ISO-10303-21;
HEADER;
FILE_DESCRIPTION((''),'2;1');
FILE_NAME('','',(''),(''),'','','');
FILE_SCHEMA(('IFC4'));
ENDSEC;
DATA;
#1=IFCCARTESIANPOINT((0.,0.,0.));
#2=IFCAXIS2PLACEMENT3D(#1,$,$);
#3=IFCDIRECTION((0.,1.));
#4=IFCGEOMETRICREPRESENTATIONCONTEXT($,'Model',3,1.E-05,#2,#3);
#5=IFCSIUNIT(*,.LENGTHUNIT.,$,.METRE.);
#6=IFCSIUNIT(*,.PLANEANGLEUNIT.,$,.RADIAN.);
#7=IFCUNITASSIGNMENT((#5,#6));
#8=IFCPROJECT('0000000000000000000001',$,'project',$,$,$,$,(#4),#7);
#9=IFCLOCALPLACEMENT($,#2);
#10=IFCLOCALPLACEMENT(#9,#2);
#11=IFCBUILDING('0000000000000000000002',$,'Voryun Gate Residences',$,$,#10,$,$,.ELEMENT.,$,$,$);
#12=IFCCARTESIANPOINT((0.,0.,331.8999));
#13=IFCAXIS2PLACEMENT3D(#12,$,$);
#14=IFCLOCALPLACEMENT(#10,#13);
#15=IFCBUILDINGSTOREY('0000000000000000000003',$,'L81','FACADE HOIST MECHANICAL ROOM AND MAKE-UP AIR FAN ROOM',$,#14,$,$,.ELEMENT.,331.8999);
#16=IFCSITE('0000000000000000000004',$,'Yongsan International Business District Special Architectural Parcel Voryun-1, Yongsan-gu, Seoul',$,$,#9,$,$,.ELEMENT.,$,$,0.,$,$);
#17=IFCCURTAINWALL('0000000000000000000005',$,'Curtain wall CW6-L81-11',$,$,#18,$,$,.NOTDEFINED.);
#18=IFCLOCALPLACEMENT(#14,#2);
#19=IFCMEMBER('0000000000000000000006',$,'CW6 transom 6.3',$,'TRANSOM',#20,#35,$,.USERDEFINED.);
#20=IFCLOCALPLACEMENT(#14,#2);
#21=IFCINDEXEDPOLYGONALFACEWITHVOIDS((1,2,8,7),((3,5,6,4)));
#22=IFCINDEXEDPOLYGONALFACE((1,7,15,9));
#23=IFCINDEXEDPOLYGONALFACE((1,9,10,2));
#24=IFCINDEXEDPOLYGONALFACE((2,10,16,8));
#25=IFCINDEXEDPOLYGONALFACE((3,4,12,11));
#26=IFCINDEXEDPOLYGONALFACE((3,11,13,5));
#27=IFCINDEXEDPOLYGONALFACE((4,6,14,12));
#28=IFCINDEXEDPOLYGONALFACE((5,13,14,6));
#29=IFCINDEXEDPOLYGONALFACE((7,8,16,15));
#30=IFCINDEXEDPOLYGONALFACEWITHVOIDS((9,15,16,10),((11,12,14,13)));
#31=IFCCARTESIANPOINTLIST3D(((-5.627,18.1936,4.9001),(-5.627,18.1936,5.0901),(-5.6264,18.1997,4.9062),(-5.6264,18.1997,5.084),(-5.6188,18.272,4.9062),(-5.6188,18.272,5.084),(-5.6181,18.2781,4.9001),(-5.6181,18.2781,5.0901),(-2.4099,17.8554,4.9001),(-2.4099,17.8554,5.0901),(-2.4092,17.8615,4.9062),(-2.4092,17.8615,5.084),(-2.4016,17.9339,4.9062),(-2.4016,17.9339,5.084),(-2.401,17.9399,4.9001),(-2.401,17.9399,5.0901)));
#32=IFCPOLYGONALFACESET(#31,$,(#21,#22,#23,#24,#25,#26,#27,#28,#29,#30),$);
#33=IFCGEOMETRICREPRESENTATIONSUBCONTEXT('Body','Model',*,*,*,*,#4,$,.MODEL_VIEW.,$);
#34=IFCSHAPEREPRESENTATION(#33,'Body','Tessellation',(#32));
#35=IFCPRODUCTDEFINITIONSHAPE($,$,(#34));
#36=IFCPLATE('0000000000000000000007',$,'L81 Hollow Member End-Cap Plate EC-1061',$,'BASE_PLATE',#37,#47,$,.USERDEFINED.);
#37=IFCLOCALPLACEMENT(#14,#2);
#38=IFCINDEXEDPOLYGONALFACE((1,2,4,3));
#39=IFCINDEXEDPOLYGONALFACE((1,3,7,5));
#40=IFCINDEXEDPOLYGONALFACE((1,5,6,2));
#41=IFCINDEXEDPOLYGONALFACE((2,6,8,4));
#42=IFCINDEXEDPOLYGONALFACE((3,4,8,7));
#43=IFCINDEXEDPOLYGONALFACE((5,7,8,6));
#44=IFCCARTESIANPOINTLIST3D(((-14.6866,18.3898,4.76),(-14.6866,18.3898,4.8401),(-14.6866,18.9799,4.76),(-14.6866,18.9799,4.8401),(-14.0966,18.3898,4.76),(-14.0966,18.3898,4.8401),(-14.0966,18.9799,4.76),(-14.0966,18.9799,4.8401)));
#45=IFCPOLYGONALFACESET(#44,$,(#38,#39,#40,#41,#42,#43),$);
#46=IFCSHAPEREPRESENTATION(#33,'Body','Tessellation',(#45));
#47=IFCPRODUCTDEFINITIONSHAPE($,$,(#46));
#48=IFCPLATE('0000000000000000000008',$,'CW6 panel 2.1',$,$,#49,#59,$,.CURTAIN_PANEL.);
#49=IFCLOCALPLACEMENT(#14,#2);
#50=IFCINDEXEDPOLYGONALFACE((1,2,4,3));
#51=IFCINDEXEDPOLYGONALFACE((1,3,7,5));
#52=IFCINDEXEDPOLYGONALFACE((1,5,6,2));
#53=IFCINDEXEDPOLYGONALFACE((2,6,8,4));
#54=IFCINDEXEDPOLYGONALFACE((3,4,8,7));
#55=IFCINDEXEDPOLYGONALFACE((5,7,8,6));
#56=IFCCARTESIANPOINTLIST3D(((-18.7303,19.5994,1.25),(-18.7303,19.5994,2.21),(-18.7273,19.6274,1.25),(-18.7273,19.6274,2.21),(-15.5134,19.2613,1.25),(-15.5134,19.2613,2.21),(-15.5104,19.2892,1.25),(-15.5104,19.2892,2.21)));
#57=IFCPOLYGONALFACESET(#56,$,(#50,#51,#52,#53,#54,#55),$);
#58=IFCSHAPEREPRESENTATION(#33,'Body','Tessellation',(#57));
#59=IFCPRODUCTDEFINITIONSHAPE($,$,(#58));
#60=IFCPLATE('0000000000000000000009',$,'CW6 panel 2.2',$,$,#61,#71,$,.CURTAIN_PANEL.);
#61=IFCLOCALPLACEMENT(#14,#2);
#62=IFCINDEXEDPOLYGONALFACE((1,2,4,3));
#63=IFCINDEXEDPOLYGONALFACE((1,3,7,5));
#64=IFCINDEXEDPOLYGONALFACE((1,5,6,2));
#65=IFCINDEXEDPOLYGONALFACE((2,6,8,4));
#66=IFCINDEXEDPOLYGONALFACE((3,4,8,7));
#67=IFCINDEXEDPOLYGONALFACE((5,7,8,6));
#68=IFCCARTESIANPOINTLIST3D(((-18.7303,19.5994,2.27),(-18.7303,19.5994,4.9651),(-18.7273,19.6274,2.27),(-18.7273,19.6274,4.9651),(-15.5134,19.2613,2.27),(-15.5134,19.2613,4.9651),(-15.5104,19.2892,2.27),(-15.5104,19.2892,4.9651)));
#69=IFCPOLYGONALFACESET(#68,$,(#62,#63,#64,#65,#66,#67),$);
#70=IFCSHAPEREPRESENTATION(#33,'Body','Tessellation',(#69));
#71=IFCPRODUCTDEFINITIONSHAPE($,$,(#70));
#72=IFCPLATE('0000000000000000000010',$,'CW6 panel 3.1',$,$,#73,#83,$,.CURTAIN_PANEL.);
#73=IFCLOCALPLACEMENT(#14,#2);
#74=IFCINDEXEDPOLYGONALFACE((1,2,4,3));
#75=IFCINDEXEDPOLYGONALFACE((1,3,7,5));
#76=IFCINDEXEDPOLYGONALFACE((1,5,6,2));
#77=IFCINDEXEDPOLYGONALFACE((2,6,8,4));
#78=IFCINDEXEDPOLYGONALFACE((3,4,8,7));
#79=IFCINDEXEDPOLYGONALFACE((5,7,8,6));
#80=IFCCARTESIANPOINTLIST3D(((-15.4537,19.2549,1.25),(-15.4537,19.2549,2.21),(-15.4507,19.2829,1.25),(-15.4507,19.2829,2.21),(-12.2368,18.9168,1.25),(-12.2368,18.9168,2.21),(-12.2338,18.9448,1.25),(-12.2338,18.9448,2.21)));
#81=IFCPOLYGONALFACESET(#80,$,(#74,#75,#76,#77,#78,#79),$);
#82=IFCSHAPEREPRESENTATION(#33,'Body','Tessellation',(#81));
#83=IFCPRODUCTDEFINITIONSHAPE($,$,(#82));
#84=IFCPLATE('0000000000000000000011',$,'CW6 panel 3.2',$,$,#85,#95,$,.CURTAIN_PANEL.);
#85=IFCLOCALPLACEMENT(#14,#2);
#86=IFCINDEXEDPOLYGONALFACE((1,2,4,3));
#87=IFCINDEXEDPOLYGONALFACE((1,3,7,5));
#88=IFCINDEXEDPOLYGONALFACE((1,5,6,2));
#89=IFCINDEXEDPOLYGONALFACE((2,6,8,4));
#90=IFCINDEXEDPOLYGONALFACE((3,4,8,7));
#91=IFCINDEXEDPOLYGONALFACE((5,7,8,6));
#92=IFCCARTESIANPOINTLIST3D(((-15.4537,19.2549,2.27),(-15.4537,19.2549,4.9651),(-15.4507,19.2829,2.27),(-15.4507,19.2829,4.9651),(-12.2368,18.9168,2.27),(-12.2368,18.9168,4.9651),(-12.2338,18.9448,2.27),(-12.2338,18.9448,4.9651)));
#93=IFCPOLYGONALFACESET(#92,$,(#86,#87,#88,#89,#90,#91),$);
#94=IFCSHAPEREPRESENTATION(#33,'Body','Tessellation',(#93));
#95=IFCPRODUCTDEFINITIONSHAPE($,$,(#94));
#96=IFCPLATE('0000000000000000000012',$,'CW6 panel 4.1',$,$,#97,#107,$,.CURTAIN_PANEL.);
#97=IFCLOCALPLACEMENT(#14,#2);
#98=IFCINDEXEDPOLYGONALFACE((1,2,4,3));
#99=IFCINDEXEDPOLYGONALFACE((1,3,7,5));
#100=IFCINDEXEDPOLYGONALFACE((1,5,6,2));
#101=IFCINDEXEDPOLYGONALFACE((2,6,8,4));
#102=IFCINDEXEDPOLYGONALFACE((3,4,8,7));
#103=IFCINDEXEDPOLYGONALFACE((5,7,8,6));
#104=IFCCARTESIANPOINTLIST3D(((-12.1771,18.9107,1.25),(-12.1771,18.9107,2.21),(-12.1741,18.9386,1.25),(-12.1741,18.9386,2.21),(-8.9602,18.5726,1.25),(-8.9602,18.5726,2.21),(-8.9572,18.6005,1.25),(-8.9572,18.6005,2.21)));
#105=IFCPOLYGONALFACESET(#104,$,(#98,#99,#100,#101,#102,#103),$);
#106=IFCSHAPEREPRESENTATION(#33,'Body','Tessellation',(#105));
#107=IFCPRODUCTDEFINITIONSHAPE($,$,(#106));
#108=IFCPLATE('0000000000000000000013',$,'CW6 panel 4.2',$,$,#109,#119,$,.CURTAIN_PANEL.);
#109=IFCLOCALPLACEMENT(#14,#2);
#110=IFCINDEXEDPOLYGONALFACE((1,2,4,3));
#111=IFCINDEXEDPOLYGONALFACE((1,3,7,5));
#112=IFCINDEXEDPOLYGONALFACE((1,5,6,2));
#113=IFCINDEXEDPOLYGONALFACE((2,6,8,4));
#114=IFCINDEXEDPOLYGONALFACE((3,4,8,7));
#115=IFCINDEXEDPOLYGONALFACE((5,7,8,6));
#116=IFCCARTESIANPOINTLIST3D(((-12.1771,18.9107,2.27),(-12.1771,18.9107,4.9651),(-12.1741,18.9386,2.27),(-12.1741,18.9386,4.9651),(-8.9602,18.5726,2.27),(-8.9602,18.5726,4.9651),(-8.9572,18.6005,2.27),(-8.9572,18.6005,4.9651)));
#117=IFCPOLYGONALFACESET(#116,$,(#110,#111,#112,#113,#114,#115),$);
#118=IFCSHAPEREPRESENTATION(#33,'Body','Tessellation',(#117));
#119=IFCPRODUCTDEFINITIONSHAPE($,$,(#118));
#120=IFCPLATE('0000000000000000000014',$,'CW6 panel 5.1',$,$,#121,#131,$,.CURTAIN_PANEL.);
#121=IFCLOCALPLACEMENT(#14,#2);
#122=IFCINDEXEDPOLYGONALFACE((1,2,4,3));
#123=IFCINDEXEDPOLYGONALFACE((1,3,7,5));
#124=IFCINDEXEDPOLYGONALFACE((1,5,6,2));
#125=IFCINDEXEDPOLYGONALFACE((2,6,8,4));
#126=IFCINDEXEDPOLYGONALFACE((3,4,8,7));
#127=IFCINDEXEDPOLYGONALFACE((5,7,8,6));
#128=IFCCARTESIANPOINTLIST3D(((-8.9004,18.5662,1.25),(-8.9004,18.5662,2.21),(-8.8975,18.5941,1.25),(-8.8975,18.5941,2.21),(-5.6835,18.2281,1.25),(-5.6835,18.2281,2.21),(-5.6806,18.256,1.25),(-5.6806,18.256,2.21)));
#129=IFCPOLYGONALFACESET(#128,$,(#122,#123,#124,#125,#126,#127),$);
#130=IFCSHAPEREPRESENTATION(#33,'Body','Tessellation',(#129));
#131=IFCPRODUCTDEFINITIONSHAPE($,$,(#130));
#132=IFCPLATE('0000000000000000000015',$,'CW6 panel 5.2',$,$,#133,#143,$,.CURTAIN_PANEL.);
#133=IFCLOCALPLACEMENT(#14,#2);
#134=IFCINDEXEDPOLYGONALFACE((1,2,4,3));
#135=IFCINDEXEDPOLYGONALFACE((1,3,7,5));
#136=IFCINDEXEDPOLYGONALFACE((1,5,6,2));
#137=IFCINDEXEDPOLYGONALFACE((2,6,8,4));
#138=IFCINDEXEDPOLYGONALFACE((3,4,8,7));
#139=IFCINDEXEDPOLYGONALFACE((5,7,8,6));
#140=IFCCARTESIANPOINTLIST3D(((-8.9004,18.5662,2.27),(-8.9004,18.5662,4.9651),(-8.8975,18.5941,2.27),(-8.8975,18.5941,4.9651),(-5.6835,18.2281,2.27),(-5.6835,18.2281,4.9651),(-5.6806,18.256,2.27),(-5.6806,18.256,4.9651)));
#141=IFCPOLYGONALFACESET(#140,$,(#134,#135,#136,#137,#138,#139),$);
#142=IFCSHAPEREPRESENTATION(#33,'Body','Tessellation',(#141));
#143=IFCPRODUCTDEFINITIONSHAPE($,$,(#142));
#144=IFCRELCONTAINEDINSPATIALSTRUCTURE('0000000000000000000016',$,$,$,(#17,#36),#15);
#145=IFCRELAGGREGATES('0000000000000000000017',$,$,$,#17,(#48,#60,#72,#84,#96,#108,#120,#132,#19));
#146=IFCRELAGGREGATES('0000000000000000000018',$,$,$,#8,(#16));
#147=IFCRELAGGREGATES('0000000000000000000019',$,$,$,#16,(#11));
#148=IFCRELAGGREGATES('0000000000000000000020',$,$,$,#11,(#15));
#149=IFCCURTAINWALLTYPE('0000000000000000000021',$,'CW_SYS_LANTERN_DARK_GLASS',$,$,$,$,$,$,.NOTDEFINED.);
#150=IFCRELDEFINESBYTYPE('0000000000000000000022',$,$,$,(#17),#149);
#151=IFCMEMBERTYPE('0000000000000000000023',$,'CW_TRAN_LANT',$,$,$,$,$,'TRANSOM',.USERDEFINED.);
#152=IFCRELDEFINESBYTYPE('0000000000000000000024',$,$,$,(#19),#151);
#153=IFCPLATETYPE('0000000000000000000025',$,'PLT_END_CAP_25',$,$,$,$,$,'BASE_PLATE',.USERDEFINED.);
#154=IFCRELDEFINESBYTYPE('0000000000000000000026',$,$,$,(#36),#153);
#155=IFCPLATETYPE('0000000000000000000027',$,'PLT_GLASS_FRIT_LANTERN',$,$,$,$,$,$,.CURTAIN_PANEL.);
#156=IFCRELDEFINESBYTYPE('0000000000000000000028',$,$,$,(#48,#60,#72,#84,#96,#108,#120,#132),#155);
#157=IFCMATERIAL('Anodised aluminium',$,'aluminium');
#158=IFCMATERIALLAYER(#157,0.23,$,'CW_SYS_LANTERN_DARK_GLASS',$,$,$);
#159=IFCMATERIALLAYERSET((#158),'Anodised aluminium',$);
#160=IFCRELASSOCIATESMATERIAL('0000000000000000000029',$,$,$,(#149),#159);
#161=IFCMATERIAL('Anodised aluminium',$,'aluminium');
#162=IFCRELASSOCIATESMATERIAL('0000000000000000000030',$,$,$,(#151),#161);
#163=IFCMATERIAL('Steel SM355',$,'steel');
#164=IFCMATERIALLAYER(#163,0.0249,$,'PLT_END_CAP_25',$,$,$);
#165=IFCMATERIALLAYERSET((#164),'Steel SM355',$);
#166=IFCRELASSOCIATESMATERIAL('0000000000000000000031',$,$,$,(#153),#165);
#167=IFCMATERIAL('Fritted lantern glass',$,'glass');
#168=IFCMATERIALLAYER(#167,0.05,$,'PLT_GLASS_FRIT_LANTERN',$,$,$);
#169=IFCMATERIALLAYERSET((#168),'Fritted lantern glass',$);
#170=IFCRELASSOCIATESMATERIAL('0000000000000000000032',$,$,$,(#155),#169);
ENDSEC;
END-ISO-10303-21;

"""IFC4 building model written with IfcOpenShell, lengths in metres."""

from ifc_helpers import new_model, si_unit, direction, frame, origin, origin_2d, place, context, subcontext, project, spatial, rectangle, hollow_rectangle, extrude, material, layer, layer_set, material_profile, profile_set, type_object, element, aggregate, save


model = new_model("IFC4")

# Units and contexts
model_context = context("Model", 3, precision=1e-05, world=origin(), true_north=direction((0.0, 1.0)))
body_context = subcontext(model_context, "Body", "Model", "MODEL_VIEW")
ifc_project = project(units=[si_unit("LENGTHUNIT", "METRE"), si_unit("PLANEANGLEUNIT", "RADIAN")], contexts=[model_context])

# Site, building, storey
site_placement = place(None, origin())
site = spatial("IfcSite", under=ifc_project, at=site_placement, Name="Yongsan International Business District Special Architectural Parcel Voryun-1, Yongsan-gu, Seoul", CompositionType="ELEMENT", RefElevation=0.0)
building_placement = place(site_placement, origin())
building = spatial("IfcBuilding", under=site, at=building_placement, Name="Voryun Gate Residences", CompositionType="ELEMENT")
storey_placement = place(building_placement, frame((0.0, 0.0, 331.8999)))
storey = spatial("IfcBuildingStorey", under=building, at=storey_placement, Name="L81", Description="FACADE HOIST MECHANICAL ROOM AND MAKE-UP AIR FAN ROOM", CompositionType="ELEMENT", Elevation=331.8999)

# Curtain wall, member
ifc_material_1 = material(Name="Anodised aluminium", Category="aluminium")
ifc_layer_1 = layer(ifc_material_1, 0.23, Name="CW_SYS_LANTERN_DARK_GLASS")
ifc_layer_set_1 = layer_set([ifc_layer_1], Name="Anodised aluminium")
curtain_wall_type = type_object("IfcCurtainWallType", Name="CW_SYS_LANTERN_DARK_GLASS", PredefinedType="NOTDEFINED", material=ifc_layer_set_1)
curtain_wall_placement = place(storey_placement, origin())
curtain_wall = element("IfcCurtainWall", 1, at=curtain_wall_placement, inside=storey, type_object=curtain_wall_type, Name="Curtain wall CW6-L81-11", PredefinedType="NOTDEFINED")
ifc_material_2 = material(Name="Anodised aluminium", Category="aluminium")
ifc_material_profile_1 = material_profile(ifc_material_2, hollow_rectangle(XDim=0.085, YDim=0.1899, WallThickness=0.0061, at=origin_2d()), Name="ALU-TRAN-190x85x6")
ifc_profile_set_1 = profile_set([ifc_material_profile_1], Name="Anodised aluminium")
member_type_1 = type_object("IfcMemberType", Name="CW_TRAN_LANT", ElementType="TRANSOM", PredefinedType="USERDEFINED", material=ifc_profile_set_1)
member_1_placement = place(storey_placement, frame((-5.6226, 18.2358, 4.9951), z_axis=(0.994522, -0.104532, 0.0), x_axis=(0.104532, 0.994522, 0.0)))
member_1 = element("IfcMember", 2, at=member_1_placement, type_object=member_type_1, Name="CW6 transom 6.3", ObjectType="TRANSOM", PredefinedType="USERDEFINED", context=body_context, shape_type="SweptSolid", body=[
    extrude(hollow_rectangle(XDim=0.085, YDim=0.1899, WallThickness=0.0061, at=origin_2d()), origin(), (0.0, 0.0, 1.0), 3.2349),
])

# Plates
ifc_material_3 = material(Name="Steel SM355", Category="steel")
ifc_layer_2 = layer(ifc_material_3, 0.0249, Name="PLT_END_CAP_25")
ifc_layer_set_2 = layer_set([ifc_layer_2], Name="Steel SM355")
plate_type_1 = type_object("IfcPlateType", Name="PLT_END_CAP_25", ElementType="BASE_PLATE", PredefinedType="USERDEFINED", material=ifc_layer_set_2)
plate_1_placement = place(storey_placement, frame((-14.3916, 18.6848, 4.76), z_axis=(0.0, 0.0, 1.0), x_axis=(1.0, 0.0, 0.0)))
element("IfcPlate", 3, at=plate_1_placement, inside=storey, type_object=plate_type_1, Name="L81 Hollow Member End-Cap Plate EC-1061", ObjectType="BASE_PLATE", PredefinedType="USERDEFINED", context=body_context, shape_type="SweptSolid", body=[
    extrude(rectangle(XDim=0.5901, YDim=0.5901, at=origin_2d()), origin(), (0.0, 0.0, 1.0), 0.0801),
])
ifc_material_4 = material(Name="Fritted lantern glass", Category="glass")
ifc_layer_3 = layer(ifc_material_4, 0.05, Name="PLT_GLASS_FRIT_LANTERN")
ifc_layer_set_3 = layer_set([ifc_layer_3], Name="Fritted lantern glass")
plate_type_2 = type_object("IfcPlateType", Name="PLT_GLASS_FRIT_LANTERN", PredefinedType="CURTAIN_PANEL", material=ifc_layer_set_3)
plate_2_placement = place(storey_placement, frame((-17.1204, 19.4443, 1.25), z_axis=(0.0, 0.0, 1.0), x_axis=(0.994522, -0.104528, 0.0)))
plate_2 = element("IfcPlate", 4, at=plate_2_placement, type_object=plate_type_2, Name="CW6 panel 2.1", PredefinedType="CURTAIN_PANEL", context=body_context, shape_type="SweptSolid", body=[
    extrude(rectangle(XDim=3.2346, YDim=0.0281, at=origin_2d()), origin(), (0.0, 0.0, 1.0), 0.96),
])
plate_3_placement = place(storey_placement, frame((-17.1204, 19.4443, 2.27), z_axis=(0.0, 0.0, 1.0), x_axis=(0.994522, -0.104528, 0.0)))
plate_3 = element("IfcPlate", 5, at=plate_3_placement, type_object=plate_type_2, Name="CW6 panel 2.2", PredefinedType="CURTAIN_PANEL", context=body_context, shape_type="SweptSolid", body=[
    extrude(rectangle(XDim=3.2346, YDim=0.0281, at=origin_2d()), origin(), (0.0, 0.0, 1.0), 2.6951),
])
plate_4_placement = place(storey_placement, frame((-13.8438, 19.0999, 1.25), z_axis=(0.0, 0.0, 1.0), x_axis=(0.994522, -0.104528, 0.0)))
plate_4 = element("IfcPlate", 6, at=plate_4_placement, type_object=plate_type_2, Name="CW6 panel 3.1", PredefinedType="CURTAIN_PANEL", context=body_context, shape_type="SweptSolid", body=[
    extrude(rectangle(XDim=3.2346, YDim=0.0281, at=origin_2d()), origin(), (0.0, 0.0, 1.0), 0.96),
])
plate_5_placement = place(storey_placement, frame((-13.8438, 19.0999, 2.27), z_axis=(0.0, 0.0, 1.0), x_axis=(0.994522, -0.104528, 0.0)))
plate_5 = element("IfcPlate", 7, at=plate_5_placement, type_object=plate_type_2, Name="CW6 panel 3.2", PredefinedType="CURTAIN_PANEL", context=body_context, shape_type="SweptSolid", body=[
    extrude(rectangle(XDim=3.2346, YDim=0.0281, at=origin_2d()), origin(), (0.0, 0.0, 1.0), 2.6951),
])
plate_6_placement = place(storey_placement, frame((-10.5671, 18.7556, 1.25), z_axis=(0.0, 0.0, 1.0), x_axis=(0.994522, -0.104528, 0.0)))
plate_6 = element("IfcPlate", 8, at=plate_6_placement, type_object=plate_type_2, Name="CW6 panel 4.1", PredefinedType="CURTAIN_PANEL", context=body_context, shape_type="SweptSolid", body=[
    extrude(rectangle(XDim=3.2346, YDim=0.0281, at=origin_2d()), origin(), (0.0, 0.0, 1.0), 0.96),
])
plate_7_placement = place(storey_placement, frame((-10.5671, 18.7556, 2.27), z_axis=(0.0, 0.0, 1.0), x_axis=(0.994522, -0.104528, 0.0)))
plate_7 = element("IfcPlate", 9, at=plate_7_placement, type_object=plate_type_2, Name="CW6 panel 4.2", PredefinedType="CURTAIN_PANEL", context=body_context, shape_type="SweptSolid", body=[
    extrude(rectangle(XDim=3.2346, YDim=0.0281, at=origin_2d()), origin(), (0.0, 0.0, 1.0), 2.6951),
])
plate_8_placement = place(storey_placement, frame((-7.2905, 18.4111, 1.25), z_axis=(0.0, 0.0, 1.0), x_axis=(0.994522, -0.104528, 0.0)))
plate_8 = element("IfcPlate", 10, at=plate_8_placement, type_object=plate_type_2, Name="CW6 panel 5.1", PredefinedType="CURTAIN_PANEL", context=body_context, shape_type="SweptSolid", body=[
    extrude(rectangle(XDim=3.2346, YDim=0.0281, at=origin_2d()), origin(), (0.0, 0.0, 1.0), 0.96),
])
plate_9_placement = place(storey_placement, frame((-7.2905, 18.4111, 2.27), z_axis=(0.0, 0.0, 1.0), x_axis=(0.994522, -0.104528, 0.0)))
plate_9 = element("IfcPlate", 11, at=plate_9_placement, type_object=plate_type_2, Name="CW6 panel 5.2", PredefinedType="CURTAIN_PANEL", context=body_context, shape_type="SweptSolid", body=[
    extrude(rectangle(XDim=3.2346, YDim=0.0281, at=origin_2d()), origin(), (0.0, 0.0, 1.0), 2.6951),
])
aggregate(curtain_wall, [plate_2, plate_3, plate_4, plate_5, plate_6, plate_7, plate_8, plate_9, member_1])

save(model, "model.ifc")
